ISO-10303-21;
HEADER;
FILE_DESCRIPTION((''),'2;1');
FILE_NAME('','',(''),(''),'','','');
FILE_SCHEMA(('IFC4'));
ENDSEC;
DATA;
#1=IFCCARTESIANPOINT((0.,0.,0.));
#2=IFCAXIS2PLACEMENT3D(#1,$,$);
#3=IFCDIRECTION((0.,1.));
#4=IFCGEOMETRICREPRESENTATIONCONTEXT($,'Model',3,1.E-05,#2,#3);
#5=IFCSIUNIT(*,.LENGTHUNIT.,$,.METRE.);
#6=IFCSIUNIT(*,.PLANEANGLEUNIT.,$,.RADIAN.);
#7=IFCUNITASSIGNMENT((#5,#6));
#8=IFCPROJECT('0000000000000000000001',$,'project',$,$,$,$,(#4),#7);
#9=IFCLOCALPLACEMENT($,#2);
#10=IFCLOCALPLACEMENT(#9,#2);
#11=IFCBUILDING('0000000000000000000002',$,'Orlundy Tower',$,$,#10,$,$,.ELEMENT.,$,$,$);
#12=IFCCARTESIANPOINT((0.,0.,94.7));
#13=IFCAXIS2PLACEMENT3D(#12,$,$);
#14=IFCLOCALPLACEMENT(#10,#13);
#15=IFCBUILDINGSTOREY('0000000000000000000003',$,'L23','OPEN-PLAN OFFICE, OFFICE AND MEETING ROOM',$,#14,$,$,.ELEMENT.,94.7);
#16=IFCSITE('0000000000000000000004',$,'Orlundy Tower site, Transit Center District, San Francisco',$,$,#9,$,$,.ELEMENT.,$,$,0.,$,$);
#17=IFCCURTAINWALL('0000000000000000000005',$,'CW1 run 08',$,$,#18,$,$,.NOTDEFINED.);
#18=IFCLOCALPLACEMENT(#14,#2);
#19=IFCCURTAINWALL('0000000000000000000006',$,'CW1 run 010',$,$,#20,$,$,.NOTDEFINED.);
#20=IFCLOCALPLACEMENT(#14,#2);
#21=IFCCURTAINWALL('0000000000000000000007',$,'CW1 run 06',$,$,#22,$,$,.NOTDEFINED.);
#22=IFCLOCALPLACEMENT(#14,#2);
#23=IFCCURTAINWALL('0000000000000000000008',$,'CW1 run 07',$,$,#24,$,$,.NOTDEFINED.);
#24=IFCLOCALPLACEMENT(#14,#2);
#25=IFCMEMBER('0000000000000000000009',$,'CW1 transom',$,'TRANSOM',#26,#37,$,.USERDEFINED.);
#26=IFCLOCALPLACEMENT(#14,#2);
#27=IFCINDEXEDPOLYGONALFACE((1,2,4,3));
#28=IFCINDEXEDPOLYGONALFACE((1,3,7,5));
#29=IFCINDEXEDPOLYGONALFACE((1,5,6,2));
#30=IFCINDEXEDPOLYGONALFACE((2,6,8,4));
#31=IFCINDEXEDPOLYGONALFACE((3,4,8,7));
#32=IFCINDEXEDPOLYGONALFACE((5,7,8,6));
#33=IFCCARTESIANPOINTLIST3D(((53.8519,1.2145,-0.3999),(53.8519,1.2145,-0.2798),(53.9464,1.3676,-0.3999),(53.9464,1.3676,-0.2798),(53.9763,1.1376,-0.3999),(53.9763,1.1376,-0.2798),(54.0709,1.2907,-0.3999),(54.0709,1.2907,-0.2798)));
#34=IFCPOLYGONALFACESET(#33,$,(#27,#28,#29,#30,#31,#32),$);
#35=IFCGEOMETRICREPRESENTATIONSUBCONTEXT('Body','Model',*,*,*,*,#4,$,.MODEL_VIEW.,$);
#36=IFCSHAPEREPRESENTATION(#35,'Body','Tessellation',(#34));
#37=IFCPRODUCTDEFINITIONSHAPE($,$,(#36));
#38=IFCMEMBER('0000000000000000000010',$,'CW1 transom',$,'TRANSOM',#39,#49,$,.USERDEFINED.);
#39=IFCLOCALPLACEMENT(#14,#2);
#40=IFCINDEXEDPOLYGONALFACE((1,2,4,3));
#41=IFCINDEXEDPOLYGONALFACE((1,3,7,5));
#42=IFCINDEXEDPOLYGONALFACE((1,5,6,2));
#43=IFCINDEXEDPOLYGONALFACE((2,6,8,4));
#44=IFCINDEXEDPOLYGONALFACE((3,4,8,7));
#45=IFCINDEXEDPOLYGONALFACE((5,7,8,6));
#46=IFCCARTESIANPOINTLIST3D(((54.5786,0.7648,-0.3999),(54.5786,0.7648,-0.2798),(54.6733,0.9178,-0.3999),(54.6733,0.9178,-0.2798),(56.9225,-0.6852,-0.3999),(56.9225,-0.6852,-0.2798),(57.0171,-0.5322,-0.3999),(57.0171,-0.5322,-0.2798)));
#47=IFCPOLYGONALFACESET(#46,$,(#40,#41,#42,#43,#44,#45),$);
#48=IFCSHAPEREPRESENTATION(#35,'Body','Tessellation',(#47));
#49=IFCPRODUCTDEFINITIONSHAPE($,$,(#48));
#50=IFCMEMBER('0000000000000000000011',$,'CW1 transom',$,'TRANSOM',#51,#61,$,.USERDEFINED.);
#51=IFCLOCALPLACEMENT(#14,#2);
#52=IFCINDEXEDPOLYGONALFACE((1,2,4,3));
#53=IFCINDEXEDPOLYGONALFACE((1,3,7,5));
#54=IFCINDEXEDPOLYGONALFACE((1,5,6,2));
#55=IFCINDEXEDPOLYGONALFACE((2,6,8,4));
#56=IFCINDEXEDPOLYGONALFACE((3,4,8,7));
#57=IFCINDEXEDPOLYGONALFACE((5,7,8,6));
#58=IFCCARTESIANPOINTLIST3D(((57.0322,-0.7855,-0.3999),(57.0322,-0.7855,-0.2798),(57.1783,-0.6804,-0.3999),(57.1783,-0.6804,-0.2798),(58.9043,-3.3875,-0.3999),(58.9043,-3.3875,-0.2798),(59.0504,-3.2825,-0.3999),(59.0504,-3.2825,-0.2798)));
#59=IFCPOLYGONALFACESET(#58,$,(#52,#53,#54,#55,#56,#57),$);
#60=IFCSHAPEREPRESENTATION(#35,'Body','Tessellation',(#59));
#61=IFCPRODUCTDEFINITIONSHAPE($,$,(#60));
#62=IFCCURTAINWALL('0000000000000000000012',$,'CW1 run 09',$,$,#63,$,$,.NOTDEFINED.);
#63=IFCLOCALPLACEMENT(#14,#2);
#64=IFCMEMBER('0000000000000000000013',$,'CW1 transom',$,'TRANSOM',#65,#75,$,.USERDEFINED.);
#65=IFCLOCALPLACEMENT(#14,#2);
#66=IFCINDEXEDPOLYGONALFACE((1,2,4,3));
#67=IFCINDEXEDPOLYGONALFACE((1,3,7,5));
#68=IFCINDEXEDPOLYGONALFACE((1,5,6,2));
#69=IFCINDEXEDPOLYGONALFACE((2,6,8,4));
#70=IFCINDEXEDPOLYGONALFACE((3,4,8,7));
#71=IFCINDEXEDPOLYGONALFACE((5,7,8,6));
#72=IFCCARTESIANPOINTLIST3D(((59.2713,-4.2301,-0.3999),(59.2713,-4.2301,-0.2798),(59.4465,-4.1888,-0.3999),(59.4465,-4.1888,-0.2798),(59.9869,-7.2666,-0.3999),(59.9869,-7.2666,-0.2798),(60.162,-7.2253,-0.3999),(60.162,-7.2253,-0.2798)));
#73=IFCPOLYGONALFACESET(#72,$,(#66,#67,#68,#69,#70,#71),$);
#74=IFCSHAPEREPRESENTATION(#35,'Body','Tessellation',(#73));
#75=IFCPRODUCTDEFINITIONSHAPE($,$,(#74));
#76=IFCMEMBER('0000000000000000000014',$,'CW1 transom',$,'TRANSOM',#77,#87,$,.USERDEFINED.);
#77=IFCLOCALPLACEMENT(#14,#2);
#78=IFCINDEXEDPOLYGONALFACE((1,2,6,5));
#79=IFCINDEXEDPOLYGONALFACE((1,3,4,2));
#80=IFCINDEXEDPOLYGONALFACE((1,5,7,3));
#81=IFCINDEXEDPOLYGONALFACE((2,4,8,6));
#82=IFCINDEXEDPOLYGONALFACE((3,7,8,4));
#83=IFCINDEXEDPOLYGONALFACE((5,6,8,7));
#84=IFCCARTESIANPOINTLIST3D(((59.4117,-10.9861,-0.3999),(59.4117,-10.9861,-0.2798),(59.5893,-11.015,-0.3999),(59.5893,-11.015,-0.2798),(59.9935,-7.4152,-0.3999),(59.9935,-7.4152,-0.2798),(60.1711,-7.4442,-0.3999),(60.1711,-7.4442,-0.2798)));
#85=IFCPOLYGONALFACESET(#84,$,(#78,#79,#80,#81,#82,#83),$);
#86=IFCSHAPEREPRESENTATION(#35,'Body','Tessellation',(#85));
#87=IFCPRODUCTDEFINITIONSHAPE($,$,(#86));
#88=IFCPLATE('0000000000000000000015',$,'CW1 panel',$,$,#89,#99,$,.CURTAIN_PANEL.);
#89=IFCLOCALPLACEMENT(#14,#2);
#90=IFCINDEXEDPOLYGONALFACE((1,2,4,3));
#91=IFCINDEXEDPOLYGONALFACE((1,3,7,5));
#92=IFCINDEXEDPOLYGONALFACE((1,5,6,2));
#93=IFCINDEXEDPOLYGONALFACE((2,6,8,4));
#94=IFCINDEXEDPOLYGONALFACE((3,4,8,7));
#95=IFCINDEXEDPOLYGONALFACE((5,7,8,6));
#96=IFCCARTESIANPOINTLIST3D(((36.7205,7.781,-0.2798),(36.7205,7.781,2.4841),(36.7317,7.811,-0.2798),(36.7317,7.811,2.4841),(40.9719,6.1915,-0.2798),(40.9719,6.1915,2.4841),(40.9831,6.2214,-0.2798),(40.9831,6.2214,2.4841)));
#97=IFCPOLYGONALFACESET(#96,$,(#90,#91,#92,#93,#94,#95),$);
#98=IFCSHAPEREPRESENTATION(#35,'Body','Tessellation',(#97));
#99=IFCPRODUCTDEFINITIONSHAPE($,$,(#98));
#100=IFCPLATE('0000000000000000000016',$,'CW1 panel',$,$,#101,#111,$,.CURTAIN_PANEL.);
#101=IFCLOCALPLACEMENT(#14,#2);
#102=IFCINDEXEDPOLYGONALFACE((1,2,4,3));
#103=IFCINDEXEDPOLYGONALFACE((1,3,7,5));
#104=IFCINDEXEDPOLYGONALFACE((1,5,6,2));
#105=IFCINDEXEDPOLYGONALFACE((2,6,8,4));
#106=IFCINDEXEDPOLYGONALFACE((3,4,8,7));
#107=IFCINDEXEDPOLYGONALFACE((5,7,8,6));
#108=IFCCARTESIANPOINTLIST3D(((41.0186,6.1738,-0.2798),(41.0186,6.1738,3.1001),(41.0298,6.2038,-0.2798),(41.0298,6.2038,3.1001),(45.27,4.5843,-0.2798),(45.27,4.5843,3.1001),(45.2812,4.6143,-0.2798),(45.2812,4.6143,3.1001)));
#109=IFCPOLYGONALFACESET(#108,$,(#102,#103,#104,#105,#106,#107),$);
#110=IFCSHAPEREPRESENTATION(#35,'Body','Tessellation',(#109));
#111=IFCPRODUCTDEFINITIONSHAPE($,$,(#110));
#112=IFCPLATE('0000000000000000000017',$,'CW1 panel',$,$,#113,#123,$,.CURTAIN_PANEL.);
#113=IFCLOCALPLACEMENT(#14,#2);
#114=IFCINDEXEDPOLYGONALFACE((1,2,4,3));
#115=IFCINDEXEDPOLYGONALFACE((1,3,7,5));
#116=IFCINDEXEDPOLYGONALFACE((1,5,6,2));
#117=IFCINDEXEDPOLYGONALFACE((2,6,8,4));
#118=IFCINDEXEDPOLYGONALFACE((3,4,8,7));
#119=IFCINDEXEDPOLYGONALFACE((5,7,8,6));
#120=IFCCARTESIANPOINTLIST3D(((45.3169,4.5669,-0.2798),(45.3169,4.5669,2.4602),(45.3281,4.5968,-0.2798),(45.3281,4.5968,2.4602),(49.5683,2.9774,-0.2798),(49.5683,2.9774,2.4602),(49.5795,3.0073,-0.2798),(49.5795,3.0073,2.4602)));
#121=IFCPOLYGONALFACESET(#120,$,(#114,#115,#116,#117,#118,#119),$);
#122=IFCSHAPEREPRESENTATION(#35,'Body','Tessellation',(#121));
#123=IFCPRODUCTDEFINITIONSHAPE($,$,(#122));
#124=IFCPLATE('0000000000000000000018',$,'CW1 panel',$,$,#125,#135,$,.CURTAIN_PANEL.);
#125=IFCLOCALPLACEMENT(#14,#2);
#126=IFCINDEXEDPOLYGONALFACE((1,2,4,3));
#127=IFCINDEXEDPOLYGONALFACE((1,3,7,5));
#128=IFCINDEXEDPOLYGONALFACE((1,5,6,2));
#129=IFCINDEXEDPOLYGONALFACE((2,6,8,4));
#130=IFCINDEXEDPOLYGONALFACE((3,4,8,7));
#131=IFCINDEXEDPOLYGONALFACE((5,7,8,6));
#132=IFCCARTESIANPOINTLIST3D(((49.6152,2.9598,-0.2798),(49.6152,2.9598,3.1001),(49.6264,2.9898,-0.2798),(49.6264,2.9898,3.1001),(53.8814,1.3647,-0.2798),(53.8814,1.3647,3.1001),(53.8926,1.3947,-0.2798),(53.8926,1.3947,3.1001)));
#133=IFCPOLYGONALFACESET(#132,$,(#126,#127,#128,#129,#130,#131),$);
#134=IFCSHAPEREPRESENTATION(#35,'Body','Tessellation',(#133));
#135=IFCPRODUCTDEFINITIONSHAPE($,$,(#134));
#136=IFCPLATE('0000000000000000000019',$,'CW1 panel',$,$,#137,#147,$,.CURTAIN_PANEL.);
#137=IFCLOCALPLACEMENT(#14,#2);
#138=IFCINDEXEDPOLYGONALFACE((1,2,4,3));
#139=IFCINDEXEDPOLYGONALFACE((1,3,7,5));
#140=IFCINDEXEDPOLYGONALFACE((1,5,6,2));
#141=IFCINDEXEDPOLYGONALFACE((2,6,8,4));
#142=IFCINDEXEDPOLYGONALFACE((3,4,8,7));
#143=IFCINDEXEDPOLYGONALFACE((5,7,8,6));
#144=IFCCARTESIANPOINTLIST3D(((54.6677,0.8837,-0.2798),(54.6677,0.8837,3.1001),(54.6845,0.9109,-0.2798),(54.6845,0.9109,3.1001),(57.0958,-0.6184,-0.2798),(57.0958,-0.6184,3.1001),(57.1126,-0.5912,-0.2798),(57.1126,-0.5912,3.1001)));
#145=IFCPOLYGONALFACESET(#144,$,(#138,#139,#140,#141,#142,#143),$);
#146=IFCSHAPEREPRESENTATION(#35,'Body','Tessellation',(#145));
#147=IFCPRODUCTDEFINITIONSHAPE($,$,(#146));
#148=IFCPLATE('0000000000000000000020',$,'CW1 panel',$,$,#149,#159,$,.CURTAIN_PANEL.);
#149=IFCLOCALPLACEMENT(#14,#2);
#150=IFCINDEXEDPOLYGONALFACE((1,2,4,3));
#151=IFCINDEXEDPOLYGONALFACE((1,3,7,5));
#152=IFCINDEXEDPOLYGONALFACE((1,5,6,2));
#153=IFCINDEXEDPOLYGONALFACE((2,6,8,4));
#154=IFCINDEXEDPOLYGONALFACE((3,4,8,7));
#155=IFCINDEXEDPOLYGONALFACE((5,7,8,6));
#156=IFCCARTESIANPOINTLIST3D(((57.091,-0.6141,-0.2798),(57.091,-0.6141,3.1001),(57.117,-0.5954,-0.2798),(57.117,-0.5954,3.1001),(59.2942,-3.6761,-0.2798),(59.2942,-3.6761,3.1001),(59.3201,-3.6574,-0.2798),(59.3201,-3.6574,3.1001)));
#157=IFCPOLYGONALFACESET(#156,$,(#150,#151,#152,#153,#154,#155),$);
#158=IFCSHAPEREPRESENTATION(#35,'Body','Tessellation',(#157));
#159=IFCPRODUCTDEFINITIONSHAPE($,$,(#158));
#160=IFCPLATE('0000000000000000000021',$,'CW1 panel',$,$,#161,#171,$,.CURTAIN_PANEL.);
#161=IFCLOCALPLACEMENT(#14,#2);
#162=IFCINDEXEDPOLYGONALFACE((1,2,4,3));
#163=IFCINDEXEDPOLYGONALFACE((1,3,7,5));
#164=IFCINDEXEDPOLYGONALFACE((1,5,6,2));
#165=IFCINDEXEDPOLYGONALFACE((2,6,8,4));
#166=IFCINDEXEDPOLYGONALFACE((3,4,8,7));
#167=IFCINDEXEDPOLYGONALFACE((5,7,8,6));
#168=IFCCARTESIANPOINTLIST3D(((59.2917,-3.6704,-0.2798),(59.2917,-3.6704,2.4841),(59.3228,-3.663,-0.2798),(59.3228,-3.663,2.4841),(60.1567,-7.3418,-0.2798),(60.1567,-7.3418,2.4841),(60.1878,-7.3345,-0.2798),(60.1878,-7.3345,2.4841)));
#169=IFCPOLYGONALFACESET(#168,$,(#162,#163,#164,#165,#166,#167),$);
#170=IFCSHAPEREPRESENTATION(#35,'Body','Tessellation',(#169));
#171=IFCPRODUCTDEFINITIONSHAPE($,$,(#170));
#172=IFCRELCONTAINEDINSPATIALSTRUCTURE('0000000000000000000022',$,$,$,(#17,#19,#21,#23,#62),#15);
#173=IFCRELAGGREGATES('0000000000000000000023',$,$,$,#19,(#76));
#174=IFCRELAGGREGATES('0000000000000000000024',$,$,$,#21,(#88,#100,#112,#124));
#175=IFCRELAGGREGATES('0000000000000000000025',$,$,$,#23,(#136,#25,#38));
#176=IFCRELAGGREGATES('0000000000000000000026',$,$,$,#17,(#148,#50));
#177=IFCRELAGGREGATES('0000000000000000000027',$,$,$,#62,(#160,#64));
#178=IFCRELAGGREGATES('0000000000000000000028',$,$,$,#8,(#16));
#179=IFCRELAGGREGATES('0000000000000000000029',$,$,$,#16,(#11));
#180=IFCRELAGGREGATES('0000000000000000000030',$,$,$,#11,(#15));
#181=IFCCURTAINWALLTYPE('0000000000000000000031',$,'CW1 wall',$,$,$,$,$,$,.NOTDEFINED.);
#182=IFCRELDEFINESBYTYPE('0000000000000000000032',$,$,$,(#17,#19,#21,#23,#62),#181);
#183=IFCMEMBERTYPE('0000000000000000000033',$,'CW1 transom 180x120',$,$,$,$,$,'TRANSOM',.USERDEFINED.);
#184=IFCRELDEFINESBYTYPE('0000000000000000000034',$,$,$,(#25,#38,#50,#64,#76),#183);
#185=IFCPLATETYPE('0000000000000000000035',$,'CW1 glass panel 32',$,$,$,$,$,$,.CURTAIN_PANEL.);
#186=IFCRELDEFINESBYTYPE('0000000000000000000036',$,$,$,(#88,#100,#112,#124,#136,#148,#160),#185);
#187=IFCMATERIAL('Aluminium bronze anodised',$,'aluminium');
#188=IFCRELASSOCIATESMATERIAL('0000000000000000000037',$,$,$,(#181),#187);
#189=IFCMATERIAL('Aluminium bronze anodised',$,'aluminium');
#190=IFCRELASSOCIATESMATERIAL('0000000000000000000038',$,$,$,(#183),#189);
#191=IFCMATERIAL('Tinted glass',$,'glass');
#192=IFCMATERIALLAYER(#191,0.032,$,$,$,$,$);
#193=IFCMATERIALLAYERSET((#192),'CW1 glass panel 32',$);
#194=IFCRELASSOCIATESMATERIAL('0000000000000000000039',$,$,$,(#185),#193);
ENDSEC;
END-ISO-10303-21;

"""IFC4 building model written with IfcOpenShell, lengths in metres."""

from ifc_helpers import new_model, si_unit, direction, frame, origin, origin_2d, place, context, subcontext, project, spatial, rectangle, extrude, material, layer, layer_set, material_profile, profile_set, type_object, element, aggregate, save


model = new_model("IFC4")

# Units and contexts
model_context = context("Model", 3, precision=1e-05, world=origin(), true_north=direction((0.0, 1.0)))
body_context = subcontext(model_context, "Body", "Model", "MODEL_VIEW")
ifc_project = project(units=[si_unit("LENGTHUNIT", "METRE"), si_unit("PLANEANGLEUNIT", "RADIAN")], contexts=[model_context])

# Site, building, storey
site_placement = place(None, origin())
site = spatial("IfcSite", under=ifc_project, at=site_placement, Name="Orlundy Tower site, Transit Center District, San Francisco", CompositionType="ELEMENT", RefElevation=0.0)
building_placement = place(site_placement, origin())
building = spatial("IfcBuilding", under=site, at=building_placement, Name="Orlundy Tower", CompositionType="ELEMENT")
storey_placement = place(building_placement, frame((0.0, 0.0, 94.7)))
storey = spatial("IfcBuildingStorey", under=building, at=storey_placement, Name="L23", Description="OPEN-PLAN OFFICE, OFFICE AND MEETING ROOM", CompositionType="ELEMENT", Elevation=94.7)

# Curtain walls
ifc_material_1 = material(Name="Aluminium bronze anodised", Category="aluminium")
curtain_wall_type = type_object("IfcCurtainWallType", Name="CW1 wall", PredefinedType="NOTDEFINED", material=ifc_material_1)
curtain_wall_1_placement = place(storey_placement, origin())
curtain_wall_1 = element("IfcCurtainWall", 1, at=curtain_wall_1_placement, inside=storey, type_object=curtain_wall_type, Name="CW1 run 08", PredefinedType="NOTDEFINED")
curtain_wall_2_placement = place(storey_placement, origin())
curtain_wall_2 = element("IfcCurtainWall", 2, at=curtain_wall_2_placement, inside=storey, type_object=curtain_wall_type, Name="CW1 run 010", PredefinedType="NOTDEFINED")

# Curtain wall
curtain_wall_3_placement = place(storey_placement, origin())
curtain_wall_3 = element("IfcCurtainWall", 3, at=curtain_wall_3_placement, inside=storey, type_object=curtain_wall_type, Name="CW1 run 06", PredefinedType="NOTDEFINED")

# Curtain wall
curtain_wall_4_placement = place(storey_placement, origin())
curtain_wall_4 = element("IfcCurtainWall", 4, at=curtain_wall_4_placement, inside=storey, type_object=curtain_wall_type, Name="CW1 run 07", PredefinedType="NOTDEFINED")

# Members
ifc_material_2 = material(Name="Aluminium bronze anodised", Category="aluminium")
ifc_material_profile_1 = material_profile(ifc_material_2, rectangle(XDim=0.1799, YDim=0.1201, at=origin_2d()), Name="CW1 transom 180x120")
ifc_profile_set_1 = profile_set([ifc_material_profile_1], Name="Aluminium bronze anodised")
member_type_1 = type_object("IfcMemberType", Name="CW1 transom 180x120", ElementType="TRANSOM", PredefinedType="USERDEFINED", material=ifc_profile_set_1)
member_1_placement = place(storey_placement, frame((53.8992, 1.291, -0.3398), z_axis=(0.850798, -0.525493, 0.0), x_axis=(0.525493, 0.850798, 0.0)))
member_1 = element("IfcMember", 5, at=member_1_placement, type_object=member_type_1, Name="CW1 transom", ObjectType="TRANSOM", PredefinedType="USERDEFINED", context=body_context, shape_type="SweptSolid", body=[
    extrude(rectangle(XDim=0.1799, YDim=0.1201, at=origin_2d()), origin(), (0.0, 0.0, 1.0), 0.1462),
])
member_2_placement = place(storey_placement, frame((54.626, 0.8413, -0.3398), z_axis=(0.850418, -0.526108, 0.0), x_axis=(0.526108, 0.850418, 0.0)))
member_2 = element("IfcMember", 6, at=member_2_placement, type_object=member_type_1, Name="CW1 transom", ObjectType="TRANSOM", PredefinedType="USERDEFINED", context=body_context, shape_type="SweptSolid", body=[
    extrude(rectangle(XDim=0.1799, YDim=0.1201, at=origin_2d()), origin(), (0.0, 0.0, 1.0), 2.7561),
])
member_3_placement = place(storey_placement, frame((57.1052, -0.7329, -0.3398), z_axis=(0.584016, -0.811742, 0.0), x_axis=(0.811742, 0.584016, 0.0)))
member_3 = element("IfcMember", 7, at=member_3_placement, type_object=member_type_1, Name="CW1 transom", ObjectType="TRANSOM", PredefinedType="USERDEFINED", context=body_context, shape_type="SweptSolid", body=[
    extrude(rectangle(XDim=0.1799, YDim=0.1201, at=origin_2d()), origin(), (0.0, 0.0, 1.0), 3.2056),
])

# Curtain wall, member
curtain_wall_5_placement = place(storey_placement, origin())
curtain_wall_5 = element("IfcCurtainWall", 8, at=curtain_wall_5_placement, inside=storey, type_object=curtain_wall_type, Name="CW1 run 09", PredefinedType="NOTDEFINED")
member_4_placement = place(storey_placement, frame((59.3589, -4.2095, -0.3398), z_axis=(0.229384, -0.973336, 0.0), x_axis=(0.973336, 0.229384, 0.0)))
member_4 = element("IfcMember", 9, at=member_4_placement, type_object=member_type_1, Name="CW1 transom", ObjectType="TRANSOM", PredefinedType="USERDEFINED", context=body_context, shape_type="SweptSolid", body=[
    extrude(rectangle(XDim=0.1799, YDim=0.1201, at=origin_2d()), origin(), (0.0, 0.0, 1.0), 3.1196),
])

# Member
member_5_placement = place(storey_placement, frame((60.0823, -7.4297, -0.3398), z_axis=(-0.160809, -0.986986, 0.0), x_axis=(0.986986, -0.160809, 0.0)))
member_5 = element("IfcMember", 10, at=member_5_placement, type_object=member_type_1, Name="CW1 transom", ObjectType="TRANSOM", PredefinedType="USERDEFINED", context=body_context, shape_type="SweptSolid", body=[
    extrude(rectangle(XDim=0.1799, YDim=0.1201, at=origin_2d()), origin(), (0.0, 0.0, 1.0), 3.6179),
])
aggregate(curtain_wall_2, [member_5])

# Plates
ifc_material_3 = material(Name="Tinted glass", Category="glass")
ifc_layer = layer(ifc_material_3, 0.032)
ifc_layer_set = layer_set([ifc_layer], Name="CW1 glass panel 32")
plate_type = type_object("IfcPlateType", Name="CW1 glass panel 32", PredefinedType="CURTAIN_PANEL", material=ifc_layer_set)
plate_1_placement = place(storey_placement, frame((38.8518, 7.0012, -0.2798), z_axis=(0.0, 0.0, 1.0), x_axis=(0.936674, -0.350204, 0.0)))
plate_1 = element("IfcPlate", 11, at=plate_1_placement, type_object=plate_type, Name="CW1 panel", PredefinedType="CURTAIN_PANEL", context=body_context, shape_type="SweptSolid", body=[
    extrude(rectangle(XDim=4.5388, YDim=0.032, at=origin_2d()), origin(), (0.0, 0.0, 1.0), 2.7639),
])
plate_2_placement = place(storey_placement, frame((43.1499, 5.394, -0.2798), z_axis=(0.0, 0.0, 1.0), x_axis=(0.936674, -0.350204, 0.0)))
plate_2 = element("IfcPlate", 12, at=plate_2_placement, type_object=plate_type, Name="CW1 panel", PredefinedType="CURTAIN_PANEL", context=body_context, shape_type="SweptSolid", body=[
    extrude(rectangle(XDim=4.5388, YDim=0.032, at=origin_2d()), origin(), (0.0, 0.0, 1.0), 3.3799),
])
plate_3_placement = place(storey_placement, frame((47.4482, 3.7871, -0.2798), z_axis=(0.0, 0.0, 1.0), x_axis=(0.936674, -0.350204, 0.0)))
plate_3 = element("IfcPlate", 13, at=plate_3_placement, type_object=plate_type, Name="CW1 panel", PredefinedType="CURTAIN_PANEL", context=body_context, shape_type="SweptSolid", body=[
    extrude(rectangle(XDim=4.5388, YDim=0.032, at=origin_2d()), origin(), (0.0, 0.0, 1.0), 2.74),
])
plate_4_placement = place(storey_placement, frame((51.7539, 2.1772, -0.2798), z_axis=(0.0, 0.0, 1.0), x_axis=(0.936674, -0.350204, 0.0)))
plate_4 = element("IfcPlate", 14, at=plate_4_placement, type_object=plate_type, Name="CW1 panel", PredefinedType="CURTAIN_PANEL", context=body_context, shape_type="SweptSolid", body=[
    extrude(rectangle(XDim=4.5547, YDim=0.032, at=origin_2d()), origin(), (0.0, 0.0, 1.0), 3.3799),
])
aggregate(curtain_wall_3, [plate_1, plate_2, plate_3, plate_4])
plate_5_placement = place(storey_placement, frame((55.8901, 0.1462, -0.2798), z_axis=(0.0, 0.0, 1.0), x_axis=(0.850415, -0.526113, 0.0)))
plate_5 = element("IfcPlate", 15, at=plate_5_placement, type_object=plate_type, Name="CW1 panel", PredefinedType="CURTAIN_PANEL", context=body_context, shape_type="SweptSolid", body=[
    extrude(rectangle(XDim=2.8552, YDim=0.032, at=origin_2d()), origin(), (0.0, 0.0, 1.0), 3.3799),
])
aggregate(curtain_wall_4, [plate_5, member_1, member_2])
plate_6_placement = place(storey_placement, frame((58.2056, -2.1357, -0.2798), z_axis=(0.0, 0.0, 1.0), x_axis=(0.584042, -0.811724, 0.0)))
plate_6 = element("IfcPlate", 16, at=plate_6_placement, type_object=plate_type, Name="CW1 panel", PredefinedType="CURTAIN_PANEL", context=body_context, shape_type="SweptSolid", body=[
    extrude(rectangle(XDim=3.7722, YDim=0.032, at=origin_2d()), origin(), (0.0, 0.0, 1.0), 3.3799),
])
aggregate(curtain_wall_1, [plate_6, member_3])
plate_7_placement = place(storey_placement, frame((59.7397, -5.5024, -0.2798), z_axis=(0.0, 0.0, 1.0), x_axis=(0.22931, -0.973353, 0.0)))
plate_7 = element("IfcPlate", 17, at=plate_7_placement, type_object=plate_type, Name="CW1 panel", PredefinedType="CURTAIN_PANEL", context=body_context, shape_type="SweptSolid", body=[
    extrude(rectangle(XDim=3.772, YDim=0.032, at=origin_2d()), origin(), (0.0, 0.0, 1.0), 2.7639),
])
aggregate(curtain_wall_5, [plate_7, member_4])

save(model, "model.ifc")
